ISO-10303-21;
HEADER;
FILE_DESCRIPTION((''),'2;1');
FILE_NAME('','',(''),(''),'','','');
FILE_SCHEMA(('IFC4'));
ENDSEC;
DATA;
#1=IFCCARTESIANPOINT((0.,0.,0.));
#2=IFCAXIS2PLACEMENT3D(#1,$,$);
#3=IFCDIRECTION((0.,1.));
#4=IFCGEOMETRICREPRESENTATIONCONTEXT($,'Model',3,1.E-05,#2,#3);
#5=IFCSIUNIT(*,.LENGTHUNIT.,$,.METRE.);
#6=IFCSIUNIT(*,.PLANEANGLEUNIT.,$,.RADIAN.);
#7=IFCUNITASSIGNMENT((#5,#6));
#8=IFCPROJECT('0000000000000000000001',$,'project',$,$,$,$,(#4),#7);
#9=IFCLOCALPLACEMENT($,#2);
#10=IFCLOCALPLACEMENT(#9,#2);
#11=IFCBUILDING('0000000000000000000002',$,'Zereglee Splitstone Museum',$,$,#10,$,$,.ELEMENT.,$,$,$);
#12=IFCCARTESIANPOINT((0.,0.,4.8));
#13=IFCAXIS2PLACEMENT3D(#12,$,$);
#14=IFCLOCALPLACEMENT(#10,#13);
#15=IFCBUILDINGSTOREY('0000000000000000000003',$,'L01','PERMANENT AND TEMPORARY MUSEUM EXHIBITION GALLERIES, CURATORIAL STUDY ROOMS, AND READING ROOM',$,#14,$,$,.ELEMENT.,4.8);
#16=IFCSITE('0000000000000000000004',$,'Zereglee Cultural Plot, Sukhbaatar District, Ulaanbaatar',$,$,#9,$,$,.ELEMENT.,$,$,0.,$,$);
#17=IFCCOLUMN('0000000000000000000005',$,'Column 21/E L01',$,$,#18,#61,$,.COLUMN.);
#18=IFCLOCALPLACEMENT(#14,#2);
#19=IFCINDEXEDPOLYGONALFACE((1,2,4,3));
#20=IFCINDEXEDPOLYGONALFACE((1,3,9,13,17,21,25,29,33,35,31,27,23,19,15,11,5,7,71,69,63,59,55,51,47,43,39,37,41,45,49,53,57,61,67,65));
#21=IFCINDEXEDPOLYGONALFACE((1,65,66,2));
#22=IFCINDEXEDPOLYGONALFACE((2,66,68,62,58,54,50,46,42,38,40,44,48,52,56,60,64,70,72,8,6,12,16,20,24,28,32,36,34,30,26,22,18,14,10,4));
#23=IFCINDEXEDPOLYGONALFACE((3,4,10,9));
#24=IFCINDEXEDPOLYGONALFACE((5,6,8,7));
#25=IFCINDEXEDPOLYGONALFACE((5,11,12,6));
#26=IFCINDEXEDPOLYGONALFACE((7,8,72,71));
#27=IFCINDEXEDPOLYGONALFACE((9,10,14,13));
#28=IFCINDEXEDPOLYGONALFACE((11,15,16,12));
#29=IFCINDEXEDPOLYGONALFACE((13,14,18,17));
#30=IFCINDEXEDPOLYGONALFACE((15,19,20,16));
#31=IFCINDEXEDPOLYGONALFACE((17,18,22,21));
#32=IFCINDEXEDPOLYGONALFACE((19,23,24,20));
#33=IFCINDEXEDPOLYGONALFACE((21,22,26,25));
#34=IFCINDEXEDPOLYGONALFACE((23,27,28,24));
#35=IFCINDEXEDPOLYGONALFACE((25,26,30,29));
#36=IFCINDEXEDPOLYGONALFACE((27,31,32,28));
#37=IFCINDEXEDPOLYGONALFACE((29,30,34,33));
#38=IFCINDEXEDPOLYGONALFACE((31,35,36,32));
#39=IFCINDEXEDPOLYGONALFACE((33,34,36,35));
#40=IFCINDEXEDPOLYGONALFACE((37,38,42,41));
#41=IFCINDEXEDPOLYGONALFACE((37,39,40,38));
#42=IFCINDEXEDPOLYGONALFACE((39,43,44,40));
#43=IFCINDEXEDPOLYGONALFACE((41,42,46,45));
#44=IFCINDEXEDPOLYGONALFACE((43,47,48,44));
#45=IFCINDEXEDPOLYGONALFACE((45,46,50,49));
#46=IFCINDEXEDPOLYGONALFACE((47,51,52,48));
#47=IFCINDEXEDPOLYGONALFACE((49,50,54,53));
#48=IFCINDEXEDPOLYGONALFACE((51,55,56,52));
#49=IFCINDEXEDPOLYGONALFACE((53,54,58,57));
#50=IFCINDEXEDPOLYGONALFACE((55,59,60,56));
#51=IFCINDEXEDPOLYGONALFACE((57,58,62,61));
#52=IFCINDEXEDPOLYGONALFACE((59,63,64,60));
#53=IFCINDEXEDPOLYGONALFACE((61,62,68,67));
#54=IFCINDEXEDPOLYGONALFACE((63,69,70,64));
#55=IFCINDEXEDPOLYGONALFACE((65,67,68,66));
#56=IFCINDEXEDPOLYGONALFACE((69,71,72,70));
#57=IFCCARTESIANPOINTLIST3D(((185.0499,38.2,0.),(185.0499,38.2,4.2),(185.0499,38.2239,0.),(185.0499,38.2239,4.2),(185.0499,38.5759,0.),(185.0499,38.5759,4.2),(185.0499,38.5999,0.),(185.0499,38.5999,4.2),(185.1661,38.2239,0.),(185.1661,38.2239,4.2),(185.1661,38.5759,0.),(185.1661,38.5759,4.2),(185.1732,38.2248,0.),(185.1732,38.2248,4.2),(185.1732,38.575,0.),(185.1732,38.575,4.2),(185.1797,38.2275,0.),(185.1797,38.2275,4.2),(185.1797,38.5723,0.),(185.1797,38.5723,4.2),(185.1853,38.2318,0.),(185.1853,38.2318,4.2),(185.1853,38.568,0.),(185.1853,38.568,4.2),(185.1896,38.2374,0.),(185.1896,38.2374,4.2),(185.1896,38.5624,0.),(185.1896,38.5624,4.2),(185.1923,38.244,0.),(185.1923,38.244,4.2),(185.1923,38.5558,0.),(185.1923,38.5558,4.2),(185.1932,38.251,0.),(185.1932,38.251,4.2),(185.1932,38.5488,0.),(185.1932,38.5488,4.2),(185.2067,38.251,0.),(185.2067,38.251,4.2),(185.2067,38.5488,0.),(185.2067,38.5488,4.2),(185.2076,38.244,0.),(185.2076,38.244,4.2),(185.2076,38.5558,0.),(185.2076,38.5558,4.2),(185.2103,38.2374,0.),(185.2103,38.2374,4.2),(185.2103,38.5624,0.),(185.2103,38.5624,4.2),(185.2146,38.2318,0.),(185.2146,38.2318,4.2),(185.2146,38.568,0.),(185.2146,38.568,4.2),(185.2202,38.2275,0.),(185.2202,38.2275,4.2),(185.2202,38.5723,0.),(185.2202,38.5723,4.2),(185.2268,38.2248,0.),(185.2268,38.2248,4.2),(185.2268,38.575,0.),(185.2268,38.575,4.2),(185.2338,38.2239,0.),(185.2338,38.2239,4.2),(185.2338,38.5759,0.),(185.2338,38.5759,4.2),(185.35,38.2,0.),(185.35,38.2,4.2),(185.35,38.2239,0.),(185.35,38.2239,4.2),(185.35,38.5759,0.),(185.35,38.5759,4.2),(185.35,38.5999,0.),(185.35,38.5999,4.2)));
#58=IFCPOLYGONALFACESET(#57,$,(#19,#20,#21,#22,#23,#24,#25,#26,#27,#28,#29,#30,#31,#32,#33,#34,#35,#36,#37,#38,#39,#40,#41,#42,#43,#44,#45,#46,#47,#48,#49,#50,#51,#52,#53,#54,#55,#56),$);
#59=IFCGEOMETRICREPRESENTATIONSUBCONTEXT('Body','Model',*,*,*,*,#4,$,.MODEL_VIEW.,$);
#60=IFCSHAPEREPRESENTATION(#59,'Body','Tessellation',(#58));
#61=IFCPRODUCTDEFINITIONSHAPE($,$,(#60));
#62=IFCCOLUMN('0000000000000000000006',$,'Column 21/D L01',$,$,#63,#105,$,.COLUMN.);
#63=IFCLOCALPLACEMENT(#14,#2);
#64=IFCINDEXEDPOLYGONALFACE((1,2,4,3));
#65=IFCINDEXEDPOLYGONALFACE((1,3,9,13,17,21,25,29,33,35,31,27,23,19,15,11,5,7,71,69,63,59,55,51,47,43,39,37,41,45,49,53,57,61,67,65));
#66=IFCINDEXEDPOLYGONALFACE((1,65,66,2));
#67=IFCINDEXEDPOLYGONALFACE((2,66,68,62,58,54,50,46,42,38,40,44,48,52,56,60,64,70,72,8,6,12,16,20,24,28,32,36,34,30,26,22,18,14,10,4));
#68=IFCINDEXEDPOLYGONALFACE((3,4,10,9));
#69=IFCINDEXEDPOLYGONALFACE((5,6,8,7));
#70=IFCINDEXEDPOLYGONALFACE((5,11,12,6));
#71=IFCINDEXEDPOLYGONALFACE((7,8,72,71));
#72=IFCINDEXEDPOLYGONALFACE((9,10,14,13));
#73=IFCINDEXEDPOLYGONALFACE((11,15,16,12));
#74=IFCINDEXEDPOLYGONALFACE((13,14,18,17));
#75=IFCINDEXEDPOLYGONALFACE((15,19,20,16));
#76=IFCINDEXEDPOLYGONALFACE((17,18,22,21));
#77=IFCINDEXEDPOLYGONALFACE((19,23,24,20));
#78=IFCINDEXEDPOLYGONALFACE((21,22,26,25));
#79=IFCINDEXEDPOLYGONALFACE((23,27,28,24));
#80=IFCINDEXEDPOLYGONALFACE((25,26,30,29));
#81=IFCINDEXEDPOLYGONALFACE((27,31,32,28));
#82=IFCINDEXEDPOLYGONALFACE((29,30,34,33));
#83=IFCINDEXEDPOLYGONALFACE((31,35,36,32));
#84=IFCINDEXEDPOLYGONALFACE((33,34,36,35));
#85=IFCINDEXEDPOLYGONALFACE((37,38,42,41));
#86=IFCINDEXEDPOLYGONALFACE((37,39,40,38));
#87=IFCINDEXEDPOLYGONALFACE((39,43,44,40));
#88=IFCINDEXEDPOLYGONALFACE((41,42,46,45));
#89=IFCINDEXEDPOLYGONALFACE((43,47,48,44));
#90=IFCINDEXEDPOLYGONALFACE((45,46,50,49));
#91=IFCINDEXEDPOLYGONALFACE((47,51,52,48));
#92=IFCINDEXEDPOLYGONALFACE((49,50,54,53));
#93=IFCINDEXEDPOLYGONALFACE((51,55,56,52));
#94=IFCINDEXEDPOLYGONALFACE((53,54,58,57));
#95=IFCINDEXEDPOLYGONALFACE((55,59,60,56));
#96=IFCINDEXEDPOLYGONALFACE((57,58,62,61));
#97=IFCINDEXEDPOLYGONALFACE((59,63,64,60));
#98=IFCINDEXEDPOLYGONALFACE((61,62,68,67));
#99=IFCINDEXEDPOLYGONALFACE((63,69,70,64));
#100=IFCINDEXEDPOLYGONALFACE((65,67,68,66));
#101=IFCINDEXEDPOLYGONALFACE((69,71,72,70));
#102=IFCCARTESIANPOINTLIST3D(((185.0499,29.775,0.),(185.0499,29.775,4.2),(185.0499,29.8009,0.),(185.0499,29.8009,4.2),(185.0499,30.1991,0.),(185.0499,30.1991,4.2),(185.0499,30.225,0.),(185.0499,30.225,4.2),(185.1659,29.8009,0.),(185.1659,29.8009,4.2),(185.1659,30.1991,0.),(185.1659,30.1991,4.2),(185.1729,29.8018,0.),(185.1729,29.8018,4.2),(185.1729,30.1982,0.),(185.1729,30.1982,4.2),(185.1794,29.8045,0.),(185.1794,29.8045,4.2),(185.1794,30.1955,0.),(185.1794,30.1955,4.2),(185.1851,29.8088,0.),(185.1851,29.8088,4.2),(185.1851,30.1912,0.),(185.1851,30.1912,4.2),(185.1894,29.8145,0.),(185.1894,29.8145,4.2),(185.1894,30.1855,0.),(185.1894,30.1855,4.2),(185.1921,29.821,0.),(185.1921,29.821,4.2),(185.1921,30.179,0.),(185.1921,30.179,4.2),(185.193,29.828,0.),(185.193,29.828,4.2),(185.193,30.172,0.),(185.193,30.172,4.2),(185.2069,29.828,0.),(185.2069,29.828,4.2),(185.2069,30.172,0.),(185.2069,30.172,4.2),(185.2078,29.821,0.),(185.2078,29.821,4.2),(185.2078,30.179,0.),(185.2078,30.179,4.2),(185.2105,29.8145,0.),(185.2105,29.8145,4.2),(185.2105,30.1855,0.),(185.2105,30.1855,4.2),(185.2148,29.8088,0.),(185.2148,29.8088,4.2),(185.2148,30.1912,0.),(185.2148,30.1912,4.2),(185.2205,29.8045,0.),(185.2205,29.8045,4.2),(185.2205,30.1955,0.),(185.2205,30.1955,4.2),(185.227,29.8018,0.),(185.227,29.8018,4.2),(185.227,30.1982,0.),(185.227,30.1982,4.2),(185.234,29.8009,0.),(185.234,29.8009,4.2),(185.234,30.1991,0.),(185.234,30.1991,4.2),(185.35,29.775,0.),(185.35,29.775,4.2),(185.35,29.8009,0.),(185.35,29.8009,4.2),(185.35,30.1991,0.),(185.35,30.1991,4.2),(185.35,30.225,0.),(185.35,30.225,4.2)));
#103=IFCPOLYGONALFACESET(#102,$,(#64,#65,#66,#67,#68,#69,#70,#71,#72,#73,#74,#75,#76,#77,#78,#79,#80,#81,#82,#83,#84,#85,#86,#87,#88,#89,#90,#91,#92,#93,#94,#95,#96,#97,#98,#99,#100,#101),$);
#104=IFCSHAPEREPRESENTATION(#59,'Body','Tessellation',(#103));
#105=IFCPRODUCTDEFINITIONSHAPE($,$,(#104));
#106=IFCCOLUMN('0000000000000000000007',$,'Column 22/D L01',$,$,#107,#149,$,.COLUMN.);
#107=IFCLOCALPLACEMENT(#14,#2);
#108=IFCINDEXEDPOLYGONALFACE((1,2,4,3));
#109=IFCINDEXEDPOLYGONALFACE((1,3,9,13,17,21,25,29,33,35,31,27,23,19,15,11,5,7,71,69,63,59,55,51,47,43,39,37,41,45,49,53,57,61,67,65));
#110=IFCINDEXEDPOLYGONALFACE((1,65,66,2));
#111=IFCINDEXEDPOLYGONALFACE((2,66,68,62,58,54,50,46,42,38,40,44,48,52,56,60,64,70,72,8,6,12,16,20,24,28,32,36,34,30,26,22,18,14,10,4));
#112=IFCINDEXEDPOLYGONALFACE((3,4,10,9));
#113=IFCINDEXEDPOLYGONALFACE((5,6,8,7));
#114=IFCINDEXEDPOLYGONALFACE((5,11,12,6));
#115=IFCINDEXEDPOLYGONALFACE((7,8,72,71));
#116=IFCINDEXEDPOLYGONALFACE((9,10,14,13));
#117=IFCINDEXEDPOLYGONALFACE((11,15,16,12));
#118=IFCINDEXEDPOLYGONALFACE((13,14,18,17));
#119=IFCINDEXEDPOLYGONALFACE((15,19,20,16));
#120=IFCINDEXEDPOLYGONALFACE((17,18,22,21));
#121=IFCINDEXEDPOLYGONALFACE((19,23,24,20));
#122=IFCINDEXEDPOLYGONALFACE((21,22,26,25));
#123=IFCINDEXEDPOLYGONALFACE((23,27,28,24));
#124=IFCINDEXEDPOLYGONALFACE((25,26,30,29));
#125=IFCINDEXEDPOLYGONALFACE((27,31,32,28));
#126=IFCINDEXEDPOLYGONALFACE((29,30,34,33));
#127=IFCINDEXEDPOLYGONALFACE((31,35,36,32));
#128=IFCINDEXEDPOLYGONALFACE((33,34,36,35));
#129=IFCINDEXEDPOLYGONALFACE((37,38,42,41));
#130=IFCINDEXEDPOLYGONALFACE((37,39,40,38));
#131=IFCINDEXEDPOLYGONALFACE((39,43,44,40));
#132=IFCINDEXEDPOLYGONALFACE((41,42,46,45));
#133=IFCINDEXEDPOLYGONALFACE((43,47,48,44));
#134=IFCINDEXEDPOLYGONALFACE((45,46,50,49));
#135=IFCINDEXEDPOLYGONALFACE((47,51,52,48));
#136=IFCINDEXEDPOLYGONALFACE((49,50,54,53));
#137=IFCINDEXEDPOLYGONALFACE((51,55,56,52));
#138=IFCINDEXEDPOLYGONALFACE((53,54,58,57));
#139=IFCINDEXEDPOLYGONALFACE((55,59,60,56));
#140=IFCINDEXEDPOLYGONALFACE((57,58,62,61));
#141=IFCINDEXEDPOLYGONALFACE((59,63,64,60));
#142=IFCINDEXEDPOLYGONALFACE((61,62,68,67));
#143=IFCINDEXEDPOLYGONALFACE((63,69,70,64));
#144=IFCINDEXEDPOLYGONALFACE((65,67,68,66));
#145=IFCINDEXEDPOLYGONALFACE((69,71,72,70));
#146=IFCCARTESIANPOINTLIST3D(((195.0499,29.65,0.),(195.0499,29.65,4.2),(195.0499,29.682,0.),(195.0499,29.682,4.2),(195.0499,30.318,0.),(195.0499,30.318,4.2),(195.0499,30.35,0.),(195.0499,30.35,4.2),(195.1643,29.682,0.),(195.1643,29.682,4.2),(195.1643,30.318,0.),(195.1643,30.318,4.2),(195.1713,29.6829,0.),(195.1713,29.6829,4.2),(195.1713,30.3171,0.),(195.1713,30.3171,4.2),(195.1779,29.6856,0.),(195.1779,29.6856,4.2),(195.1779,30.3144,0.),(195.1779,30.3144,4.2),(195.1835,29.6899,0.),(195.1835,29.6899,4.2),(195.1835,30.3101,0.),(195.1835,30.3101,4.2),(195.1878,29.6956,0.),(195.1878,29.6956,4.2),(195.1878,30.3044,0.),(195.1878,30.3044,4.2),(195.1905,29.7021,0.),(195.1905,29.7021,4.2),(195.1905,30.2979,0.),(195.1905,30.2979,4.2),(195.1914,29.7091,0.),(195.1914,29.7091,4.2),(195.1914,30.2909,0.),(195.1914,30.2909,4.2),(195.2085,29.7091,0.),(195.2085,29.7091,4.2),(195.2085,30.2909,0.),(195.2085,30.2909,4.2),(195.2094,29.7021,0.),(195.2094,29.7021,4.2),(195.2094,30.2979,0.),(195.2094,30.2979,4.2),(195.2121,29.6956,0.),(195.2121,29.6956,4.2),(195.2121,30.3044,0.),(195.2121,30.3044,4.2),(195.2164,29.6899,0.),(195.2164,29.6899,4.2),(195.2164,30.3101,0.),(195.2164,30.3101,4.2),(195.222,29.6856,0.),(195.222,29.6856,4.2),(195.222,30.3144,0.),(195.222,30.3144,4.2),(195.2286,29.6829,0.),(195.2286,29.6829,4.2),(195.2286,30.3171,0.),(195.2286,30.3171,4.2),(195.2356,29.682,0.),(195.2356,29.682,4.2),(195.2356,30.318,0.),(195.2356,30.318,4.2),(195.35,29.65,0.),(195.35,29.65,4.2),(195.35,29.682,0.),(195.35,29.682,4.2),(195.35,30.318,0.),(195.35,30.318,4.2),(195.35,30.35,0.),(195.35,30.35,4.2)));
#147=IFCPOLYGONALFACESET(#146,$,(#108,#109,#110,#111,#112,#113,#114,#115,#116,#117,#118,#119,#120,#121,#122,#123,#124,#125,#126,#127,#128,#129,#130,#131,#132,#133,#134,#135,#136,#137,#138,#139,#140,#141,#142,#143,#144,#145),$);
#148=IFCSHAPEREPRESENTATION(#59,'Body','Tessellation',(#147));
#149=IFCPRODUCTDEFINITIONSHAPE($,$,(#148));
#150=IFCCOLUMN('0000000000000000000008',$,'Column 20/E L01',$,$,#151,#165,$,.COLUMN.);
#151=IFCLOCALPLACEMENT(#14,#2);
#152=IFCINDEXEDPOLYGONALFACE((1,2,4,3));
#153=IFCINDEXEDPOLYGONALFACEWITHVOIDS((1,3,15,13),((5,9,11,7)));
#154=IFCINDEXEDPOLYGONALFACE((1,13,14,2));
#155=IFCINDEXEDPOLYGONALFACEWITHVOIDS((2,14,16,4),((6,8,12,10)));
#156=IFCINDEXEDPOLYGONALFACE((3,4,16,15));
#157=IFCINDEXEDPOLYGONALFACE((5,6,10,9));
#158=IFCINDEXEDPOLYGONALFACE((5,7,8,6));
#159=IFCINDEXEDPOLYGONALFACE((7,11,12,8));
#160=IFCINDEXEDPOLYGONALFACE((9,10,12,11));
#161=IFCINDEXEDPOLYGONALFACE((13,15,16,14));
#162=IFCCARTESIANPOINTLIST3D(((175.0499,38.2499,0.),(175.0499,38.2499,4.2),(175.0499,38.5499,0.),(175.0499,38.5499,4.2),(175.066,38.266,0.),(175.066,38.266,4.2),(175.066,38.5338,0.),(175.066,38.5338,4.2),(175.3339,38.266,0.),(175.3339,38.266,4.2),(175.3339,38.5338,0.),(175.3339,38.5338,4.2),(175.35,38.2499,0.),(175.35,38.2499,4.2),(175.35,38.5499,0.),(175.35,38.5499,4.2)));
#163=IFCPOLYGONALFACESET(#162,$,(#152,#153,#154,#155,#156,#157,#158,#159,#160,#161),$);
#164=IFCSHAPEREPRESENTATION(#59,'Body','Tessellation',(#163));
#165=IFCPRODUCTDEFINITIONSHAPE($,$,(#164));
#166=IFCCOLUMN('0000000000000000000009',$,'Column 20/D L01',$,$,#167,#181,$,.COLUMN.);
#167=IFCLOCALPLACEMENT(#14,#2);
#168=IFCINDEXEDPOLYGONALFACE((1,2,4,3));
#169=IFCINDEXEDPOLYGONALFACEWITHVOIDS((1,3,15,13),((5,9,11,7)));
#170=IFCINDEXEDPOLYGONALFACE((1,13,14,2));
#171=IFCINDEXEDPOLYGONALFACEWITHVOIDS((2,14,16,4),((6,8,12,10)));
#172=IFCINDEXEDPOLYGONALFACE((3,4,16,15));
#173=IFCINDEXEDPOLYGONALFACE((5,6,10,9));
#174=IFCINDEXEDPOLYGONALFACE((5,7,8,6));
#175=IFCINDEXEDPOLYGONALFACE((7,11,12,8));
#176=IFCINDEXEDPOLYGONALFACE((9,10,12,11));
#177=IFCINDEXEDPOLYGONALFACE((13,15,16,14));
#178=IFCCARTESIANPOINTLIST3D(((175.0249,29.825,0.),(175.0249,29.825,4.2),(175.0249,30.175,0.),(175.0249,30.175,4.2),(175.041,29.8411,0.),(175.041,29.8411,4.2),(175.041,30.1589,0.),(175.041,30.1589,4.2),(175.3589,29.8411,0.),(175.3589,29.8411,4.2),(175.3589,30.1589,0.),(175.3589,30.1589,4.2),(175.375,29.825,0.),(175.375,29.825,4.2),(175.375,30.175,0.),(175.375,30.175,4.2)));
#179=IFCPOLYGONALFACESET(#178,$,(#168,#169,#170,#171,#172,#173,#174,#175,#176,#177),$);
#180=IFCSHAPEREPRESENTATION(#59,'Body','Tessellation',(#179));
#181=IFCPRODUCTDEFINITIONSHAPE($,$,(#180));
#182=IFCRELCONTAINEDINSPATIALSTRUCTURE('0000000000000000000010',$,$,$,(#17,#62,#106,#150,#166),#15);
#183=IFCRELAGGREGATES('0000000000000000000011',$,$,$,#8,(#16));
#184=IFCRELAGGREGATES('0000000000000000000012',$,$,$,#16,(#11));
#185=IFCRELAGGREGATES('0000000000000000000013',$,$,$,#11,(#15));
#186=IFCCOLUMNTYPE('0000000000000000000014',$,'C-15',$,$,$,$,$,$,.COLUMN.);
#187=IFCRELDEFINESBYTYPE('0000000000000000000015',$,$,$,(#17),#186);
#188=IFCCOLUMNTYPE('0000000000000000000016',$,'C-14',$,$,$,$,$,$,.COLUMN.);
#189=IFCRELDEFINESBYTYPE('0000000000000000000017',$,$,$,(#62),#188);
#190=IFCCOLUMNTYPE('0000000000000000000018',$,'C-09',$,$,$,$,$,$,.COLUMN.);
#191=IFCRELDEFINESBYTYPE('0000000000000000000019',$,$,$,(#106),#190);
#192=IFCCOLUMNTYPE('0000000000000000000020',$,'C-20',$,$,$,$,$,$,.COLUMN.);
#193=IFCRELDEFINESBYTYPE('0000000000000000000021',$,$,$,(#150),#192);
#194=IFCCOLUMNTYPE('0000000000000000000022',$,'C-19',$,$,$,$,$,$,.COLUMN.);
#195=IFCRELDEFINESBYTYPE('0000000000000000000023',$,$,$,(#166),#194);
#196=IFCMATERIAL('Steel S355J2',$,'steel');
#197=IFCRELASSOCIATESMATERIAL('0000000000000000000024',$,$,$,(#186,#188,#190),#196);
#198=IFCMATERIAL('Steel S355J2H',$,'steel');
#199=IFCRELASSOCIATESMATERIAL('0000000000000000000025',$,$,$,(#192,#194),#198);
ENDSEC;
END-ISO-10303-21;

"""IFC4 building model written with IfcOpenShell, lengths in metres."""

from ifc_helpers import new_model, si_unit, direction, frame, origin, origin_2d, place, context, subcontext, project, spatial, hollow_rectangle, i_section, extrude, material, material_profile, profile_set, type_object, element, save


model = new_model("IFC4")

# Units and contexts
model_context = context("Model", 3, precision=1e-05, world=origin(), true_north=direction((0.0, 1.0)))
body_context = subcontext(model_context, "Body", "Model", "MODEL_VIEW")
ifc_project = project(units=[si_unit("LENGTHUNIT", "METRE"), si_unit("PLANEANGLEUNIT", "RADIAN")], contexts=[model_context])

# Site, building, storey
site_placement = place(None, origin())
site = spatial("IfcSite", under=ifc_project, at=site_placement, Name="Zereglee Cultural Plot, Sukhbaatar District, Ulaanbaatar", CompositionType="ELEMENT", RefElevation=0.0)
building_placement = place(site_placement, origin())
building = spatial("IfcBuilding", under=site, at=building_placement, Name="Zereglee Splitstone Museum", CompositionType="ELEMENT")
storey_placement = place(building_placement, frame((0.0, 0.0, 4.8)))
storey = spatial("IfcBuildingStorey", under=building, at=storey_placement, Name="L01", Description="PERMANENT AND TEMPORARY MUSEUM EXHIBITION GALLERIES, CURATORIAL STUDY ROOMS, AND READING ROOM", CompositionType="ELEMENT", Elevation=4.8)

# Columns
ifc_material_1 = material(Name="Steel S355J2", Category="steel")
ifc_material_profile_1 = material_profile(ifc_material_1, i_section(OverallWidth=0.3, OverallDepth=0.3999, WebThickness=0.0134, FlangeThickness=0.0239, FilletRadius=0.0271, at=origin_2d()), Name="HE 400 B")
ifc_profile_set_1 = profile_set([ifc_material_profile_1], Name="Steel S355J2")
column_type_1 = type_object("IfcColumnType", Name="C-15", PredefinedType="COLUMN", material=ifc_profile_set_1)
column_1_placement = place(storey_placement, frame((185.2, 38.3999, 0.0), z_axis=(0.0, 0.0, 1.0), x_axis=(1.0, 0.0, 0.0)))
element("IfcColumn", 1, at=column_1_placement, inside=storey, type_object=column_type_1, Name="Column 21/E L01", PredefinedType="COLUMN", context=body_context, shape_type="SweptSolid", body=[
    extrude(i_section(OverallWidth=0.3, OverallDepth=0.3999, WebThickness=0.0134, FlangeThickness=0.0239, FilletRadius=0.0271, at=origin_2d()), origin(), (0.0, 0.0, 1.0), 4.2),
])
ifc_material_profile_2 = material_profile(ifc_material_1, i_section(OverallWidth=0.3, OverallDepth=0.45, WebThickness=0.0139, FlangeThickness=0.0259, FilletRadius=0.0271, at=origin_2d()), Name="HE 450 B")
ifc_profile_set_2 = profile_set([ifc_material_profile_2], Name="Steel S355J2")
column_type_2 = type_object("IfcColumnType", Name="C-14", PredefinedType="COLUMN", material=ifc_profile_set_2)
column_2_placement = place(storey_placement, frame((185.2, 30.0, 0.0), z_axis=(0.0, 0.0, 1.0), x_axis=(1.0, 0.0, 0.0)))
element("IfcColumn", 2, at=column_2_placement, inside=storey, type_object=column_type_2, Name="Column 21/D L01", PredefinedType="COLUMN", context=body_context, shape_type="SweptSolid", body=[
    extrude(i_section(OverallWidth=0.3, OverallDepth=0.45, WebThickness=0.0139, FlangeThickness=0.0259, FilletRadius=0.0271, at=origin_2d()), origin(), (0.0, 0.0, 1.0), 4.2),
])
ifc_material_profile_3 = material_profile(ifc_material_1, i_section(OverallWidth=0.3, OverallDepth=0.7, WebThickness=0.0171, FlangeThickness=0.032, FilletRadius=0.0271, at=origin_2d()), Name="HE 700 B")
ifc_profile_set_3 = profile_set([ifc_material_profile_3], Name="Steel S355J2")
column_type_3 = type_object("IfcColumnType", Name="C-09", PredefinedType="COLUMN", material=ifc_profile_set_3)
column_3_placement = place(storey_placement, frame((195.2, 30.0, 0.0), z_axis=(0.0, 0.0, 1.0), x_axis=(1.0, 0.0, 0.0)))
element("IfcColumn", 3, at=column_3_placement, inside=storey, type_object=column_type_3, Name="Column 22/D L01", PredefinedType="COLUMN", context=body_context, shape_type="SweptSolid", body=[
    extrude(i_section(OverallWidth=0.3, OverallDepth=0.7, WebThickness=0.0171, FlangeThickness=0.032, FilletRadius=0.0271, at=origin_2d()), origin(), (0.0, 0.0, 1.0), 4.2),
])
ifc_material_2 = material(Name="Steel S355J2H", Category="steel")
ifc_material_profile_4 = material_profile(ifc_material_2, hollow_rectangle(XDim=0.3, YDim=0.3, WallThickness=0.0161, at=origin_2d()), Name="SHS 300x300x16")
ifc_profile_set_4 = profile_set([ifc_material_profile_4], Name="Steel S355J2H")
column_type_4 = type_object("IfcColumnType", Name="C-20", PredefinedType="COLUMN", material=ifc_profile_set_4)
column_4_placement = place(storey_placement, frame((175.2, 38.3999, 0.0), z_axis=(0.0, 0.0, 1.0), x_axis=(1.0, 0.0, 0.0)))
element("IfcColumn", 4, at=column_4_placement, inside=storey, type_object=column_type_4, Name="Column 20/E L01", PredefinedType="COLUMN", context=body_context, shape_type="SweptSolid", body=[
    extrude(hollow_rectangle(XDim=0.3, YDim=0.3, WallThickness=0.0161, at=origin_2d()), origin(), (0.0, 0.0, 1.0), 4.2),
])
ifc_material_profile_5 = material_profile(ifc_material_2, hollow_rectangle(XDim=0.3501, YDim=0.3501, WallThickness=0.0161, at=origin_2d()), Name="SHS 350x350x16")
ifc_profile_set_5 = profile_set([ifc_material_profile_5], Name="Steel S355J2H")
column_type_5 = type_object("IfcColumnType", Name="C-19", PredefinedType="COLUMN", material=ifc_profile_set_5)
column_5_placement = place(storey_placement, frame((175.2, 30.0, 0.0), z_axis=(0.0, 0.0, 1.0), x_axis=(1.0, 0.0, 0.0)))
element("IfcColumn", 5, at=column_5_placement, inside=storey, type_object=column_type_5, Name="Column 20/D L01", PredefinedType="COLUMN", context=body_context, shape_type="SweptSolid", body=[
    extrude(hollow_rectangle(XDim=0.3501, YDim=0.3501, WallThickness=0.0161, at=origin_2d()), origin(), (0.0, 0.0, 1.0), 4.2),
])

save(model, "model.ifc")
